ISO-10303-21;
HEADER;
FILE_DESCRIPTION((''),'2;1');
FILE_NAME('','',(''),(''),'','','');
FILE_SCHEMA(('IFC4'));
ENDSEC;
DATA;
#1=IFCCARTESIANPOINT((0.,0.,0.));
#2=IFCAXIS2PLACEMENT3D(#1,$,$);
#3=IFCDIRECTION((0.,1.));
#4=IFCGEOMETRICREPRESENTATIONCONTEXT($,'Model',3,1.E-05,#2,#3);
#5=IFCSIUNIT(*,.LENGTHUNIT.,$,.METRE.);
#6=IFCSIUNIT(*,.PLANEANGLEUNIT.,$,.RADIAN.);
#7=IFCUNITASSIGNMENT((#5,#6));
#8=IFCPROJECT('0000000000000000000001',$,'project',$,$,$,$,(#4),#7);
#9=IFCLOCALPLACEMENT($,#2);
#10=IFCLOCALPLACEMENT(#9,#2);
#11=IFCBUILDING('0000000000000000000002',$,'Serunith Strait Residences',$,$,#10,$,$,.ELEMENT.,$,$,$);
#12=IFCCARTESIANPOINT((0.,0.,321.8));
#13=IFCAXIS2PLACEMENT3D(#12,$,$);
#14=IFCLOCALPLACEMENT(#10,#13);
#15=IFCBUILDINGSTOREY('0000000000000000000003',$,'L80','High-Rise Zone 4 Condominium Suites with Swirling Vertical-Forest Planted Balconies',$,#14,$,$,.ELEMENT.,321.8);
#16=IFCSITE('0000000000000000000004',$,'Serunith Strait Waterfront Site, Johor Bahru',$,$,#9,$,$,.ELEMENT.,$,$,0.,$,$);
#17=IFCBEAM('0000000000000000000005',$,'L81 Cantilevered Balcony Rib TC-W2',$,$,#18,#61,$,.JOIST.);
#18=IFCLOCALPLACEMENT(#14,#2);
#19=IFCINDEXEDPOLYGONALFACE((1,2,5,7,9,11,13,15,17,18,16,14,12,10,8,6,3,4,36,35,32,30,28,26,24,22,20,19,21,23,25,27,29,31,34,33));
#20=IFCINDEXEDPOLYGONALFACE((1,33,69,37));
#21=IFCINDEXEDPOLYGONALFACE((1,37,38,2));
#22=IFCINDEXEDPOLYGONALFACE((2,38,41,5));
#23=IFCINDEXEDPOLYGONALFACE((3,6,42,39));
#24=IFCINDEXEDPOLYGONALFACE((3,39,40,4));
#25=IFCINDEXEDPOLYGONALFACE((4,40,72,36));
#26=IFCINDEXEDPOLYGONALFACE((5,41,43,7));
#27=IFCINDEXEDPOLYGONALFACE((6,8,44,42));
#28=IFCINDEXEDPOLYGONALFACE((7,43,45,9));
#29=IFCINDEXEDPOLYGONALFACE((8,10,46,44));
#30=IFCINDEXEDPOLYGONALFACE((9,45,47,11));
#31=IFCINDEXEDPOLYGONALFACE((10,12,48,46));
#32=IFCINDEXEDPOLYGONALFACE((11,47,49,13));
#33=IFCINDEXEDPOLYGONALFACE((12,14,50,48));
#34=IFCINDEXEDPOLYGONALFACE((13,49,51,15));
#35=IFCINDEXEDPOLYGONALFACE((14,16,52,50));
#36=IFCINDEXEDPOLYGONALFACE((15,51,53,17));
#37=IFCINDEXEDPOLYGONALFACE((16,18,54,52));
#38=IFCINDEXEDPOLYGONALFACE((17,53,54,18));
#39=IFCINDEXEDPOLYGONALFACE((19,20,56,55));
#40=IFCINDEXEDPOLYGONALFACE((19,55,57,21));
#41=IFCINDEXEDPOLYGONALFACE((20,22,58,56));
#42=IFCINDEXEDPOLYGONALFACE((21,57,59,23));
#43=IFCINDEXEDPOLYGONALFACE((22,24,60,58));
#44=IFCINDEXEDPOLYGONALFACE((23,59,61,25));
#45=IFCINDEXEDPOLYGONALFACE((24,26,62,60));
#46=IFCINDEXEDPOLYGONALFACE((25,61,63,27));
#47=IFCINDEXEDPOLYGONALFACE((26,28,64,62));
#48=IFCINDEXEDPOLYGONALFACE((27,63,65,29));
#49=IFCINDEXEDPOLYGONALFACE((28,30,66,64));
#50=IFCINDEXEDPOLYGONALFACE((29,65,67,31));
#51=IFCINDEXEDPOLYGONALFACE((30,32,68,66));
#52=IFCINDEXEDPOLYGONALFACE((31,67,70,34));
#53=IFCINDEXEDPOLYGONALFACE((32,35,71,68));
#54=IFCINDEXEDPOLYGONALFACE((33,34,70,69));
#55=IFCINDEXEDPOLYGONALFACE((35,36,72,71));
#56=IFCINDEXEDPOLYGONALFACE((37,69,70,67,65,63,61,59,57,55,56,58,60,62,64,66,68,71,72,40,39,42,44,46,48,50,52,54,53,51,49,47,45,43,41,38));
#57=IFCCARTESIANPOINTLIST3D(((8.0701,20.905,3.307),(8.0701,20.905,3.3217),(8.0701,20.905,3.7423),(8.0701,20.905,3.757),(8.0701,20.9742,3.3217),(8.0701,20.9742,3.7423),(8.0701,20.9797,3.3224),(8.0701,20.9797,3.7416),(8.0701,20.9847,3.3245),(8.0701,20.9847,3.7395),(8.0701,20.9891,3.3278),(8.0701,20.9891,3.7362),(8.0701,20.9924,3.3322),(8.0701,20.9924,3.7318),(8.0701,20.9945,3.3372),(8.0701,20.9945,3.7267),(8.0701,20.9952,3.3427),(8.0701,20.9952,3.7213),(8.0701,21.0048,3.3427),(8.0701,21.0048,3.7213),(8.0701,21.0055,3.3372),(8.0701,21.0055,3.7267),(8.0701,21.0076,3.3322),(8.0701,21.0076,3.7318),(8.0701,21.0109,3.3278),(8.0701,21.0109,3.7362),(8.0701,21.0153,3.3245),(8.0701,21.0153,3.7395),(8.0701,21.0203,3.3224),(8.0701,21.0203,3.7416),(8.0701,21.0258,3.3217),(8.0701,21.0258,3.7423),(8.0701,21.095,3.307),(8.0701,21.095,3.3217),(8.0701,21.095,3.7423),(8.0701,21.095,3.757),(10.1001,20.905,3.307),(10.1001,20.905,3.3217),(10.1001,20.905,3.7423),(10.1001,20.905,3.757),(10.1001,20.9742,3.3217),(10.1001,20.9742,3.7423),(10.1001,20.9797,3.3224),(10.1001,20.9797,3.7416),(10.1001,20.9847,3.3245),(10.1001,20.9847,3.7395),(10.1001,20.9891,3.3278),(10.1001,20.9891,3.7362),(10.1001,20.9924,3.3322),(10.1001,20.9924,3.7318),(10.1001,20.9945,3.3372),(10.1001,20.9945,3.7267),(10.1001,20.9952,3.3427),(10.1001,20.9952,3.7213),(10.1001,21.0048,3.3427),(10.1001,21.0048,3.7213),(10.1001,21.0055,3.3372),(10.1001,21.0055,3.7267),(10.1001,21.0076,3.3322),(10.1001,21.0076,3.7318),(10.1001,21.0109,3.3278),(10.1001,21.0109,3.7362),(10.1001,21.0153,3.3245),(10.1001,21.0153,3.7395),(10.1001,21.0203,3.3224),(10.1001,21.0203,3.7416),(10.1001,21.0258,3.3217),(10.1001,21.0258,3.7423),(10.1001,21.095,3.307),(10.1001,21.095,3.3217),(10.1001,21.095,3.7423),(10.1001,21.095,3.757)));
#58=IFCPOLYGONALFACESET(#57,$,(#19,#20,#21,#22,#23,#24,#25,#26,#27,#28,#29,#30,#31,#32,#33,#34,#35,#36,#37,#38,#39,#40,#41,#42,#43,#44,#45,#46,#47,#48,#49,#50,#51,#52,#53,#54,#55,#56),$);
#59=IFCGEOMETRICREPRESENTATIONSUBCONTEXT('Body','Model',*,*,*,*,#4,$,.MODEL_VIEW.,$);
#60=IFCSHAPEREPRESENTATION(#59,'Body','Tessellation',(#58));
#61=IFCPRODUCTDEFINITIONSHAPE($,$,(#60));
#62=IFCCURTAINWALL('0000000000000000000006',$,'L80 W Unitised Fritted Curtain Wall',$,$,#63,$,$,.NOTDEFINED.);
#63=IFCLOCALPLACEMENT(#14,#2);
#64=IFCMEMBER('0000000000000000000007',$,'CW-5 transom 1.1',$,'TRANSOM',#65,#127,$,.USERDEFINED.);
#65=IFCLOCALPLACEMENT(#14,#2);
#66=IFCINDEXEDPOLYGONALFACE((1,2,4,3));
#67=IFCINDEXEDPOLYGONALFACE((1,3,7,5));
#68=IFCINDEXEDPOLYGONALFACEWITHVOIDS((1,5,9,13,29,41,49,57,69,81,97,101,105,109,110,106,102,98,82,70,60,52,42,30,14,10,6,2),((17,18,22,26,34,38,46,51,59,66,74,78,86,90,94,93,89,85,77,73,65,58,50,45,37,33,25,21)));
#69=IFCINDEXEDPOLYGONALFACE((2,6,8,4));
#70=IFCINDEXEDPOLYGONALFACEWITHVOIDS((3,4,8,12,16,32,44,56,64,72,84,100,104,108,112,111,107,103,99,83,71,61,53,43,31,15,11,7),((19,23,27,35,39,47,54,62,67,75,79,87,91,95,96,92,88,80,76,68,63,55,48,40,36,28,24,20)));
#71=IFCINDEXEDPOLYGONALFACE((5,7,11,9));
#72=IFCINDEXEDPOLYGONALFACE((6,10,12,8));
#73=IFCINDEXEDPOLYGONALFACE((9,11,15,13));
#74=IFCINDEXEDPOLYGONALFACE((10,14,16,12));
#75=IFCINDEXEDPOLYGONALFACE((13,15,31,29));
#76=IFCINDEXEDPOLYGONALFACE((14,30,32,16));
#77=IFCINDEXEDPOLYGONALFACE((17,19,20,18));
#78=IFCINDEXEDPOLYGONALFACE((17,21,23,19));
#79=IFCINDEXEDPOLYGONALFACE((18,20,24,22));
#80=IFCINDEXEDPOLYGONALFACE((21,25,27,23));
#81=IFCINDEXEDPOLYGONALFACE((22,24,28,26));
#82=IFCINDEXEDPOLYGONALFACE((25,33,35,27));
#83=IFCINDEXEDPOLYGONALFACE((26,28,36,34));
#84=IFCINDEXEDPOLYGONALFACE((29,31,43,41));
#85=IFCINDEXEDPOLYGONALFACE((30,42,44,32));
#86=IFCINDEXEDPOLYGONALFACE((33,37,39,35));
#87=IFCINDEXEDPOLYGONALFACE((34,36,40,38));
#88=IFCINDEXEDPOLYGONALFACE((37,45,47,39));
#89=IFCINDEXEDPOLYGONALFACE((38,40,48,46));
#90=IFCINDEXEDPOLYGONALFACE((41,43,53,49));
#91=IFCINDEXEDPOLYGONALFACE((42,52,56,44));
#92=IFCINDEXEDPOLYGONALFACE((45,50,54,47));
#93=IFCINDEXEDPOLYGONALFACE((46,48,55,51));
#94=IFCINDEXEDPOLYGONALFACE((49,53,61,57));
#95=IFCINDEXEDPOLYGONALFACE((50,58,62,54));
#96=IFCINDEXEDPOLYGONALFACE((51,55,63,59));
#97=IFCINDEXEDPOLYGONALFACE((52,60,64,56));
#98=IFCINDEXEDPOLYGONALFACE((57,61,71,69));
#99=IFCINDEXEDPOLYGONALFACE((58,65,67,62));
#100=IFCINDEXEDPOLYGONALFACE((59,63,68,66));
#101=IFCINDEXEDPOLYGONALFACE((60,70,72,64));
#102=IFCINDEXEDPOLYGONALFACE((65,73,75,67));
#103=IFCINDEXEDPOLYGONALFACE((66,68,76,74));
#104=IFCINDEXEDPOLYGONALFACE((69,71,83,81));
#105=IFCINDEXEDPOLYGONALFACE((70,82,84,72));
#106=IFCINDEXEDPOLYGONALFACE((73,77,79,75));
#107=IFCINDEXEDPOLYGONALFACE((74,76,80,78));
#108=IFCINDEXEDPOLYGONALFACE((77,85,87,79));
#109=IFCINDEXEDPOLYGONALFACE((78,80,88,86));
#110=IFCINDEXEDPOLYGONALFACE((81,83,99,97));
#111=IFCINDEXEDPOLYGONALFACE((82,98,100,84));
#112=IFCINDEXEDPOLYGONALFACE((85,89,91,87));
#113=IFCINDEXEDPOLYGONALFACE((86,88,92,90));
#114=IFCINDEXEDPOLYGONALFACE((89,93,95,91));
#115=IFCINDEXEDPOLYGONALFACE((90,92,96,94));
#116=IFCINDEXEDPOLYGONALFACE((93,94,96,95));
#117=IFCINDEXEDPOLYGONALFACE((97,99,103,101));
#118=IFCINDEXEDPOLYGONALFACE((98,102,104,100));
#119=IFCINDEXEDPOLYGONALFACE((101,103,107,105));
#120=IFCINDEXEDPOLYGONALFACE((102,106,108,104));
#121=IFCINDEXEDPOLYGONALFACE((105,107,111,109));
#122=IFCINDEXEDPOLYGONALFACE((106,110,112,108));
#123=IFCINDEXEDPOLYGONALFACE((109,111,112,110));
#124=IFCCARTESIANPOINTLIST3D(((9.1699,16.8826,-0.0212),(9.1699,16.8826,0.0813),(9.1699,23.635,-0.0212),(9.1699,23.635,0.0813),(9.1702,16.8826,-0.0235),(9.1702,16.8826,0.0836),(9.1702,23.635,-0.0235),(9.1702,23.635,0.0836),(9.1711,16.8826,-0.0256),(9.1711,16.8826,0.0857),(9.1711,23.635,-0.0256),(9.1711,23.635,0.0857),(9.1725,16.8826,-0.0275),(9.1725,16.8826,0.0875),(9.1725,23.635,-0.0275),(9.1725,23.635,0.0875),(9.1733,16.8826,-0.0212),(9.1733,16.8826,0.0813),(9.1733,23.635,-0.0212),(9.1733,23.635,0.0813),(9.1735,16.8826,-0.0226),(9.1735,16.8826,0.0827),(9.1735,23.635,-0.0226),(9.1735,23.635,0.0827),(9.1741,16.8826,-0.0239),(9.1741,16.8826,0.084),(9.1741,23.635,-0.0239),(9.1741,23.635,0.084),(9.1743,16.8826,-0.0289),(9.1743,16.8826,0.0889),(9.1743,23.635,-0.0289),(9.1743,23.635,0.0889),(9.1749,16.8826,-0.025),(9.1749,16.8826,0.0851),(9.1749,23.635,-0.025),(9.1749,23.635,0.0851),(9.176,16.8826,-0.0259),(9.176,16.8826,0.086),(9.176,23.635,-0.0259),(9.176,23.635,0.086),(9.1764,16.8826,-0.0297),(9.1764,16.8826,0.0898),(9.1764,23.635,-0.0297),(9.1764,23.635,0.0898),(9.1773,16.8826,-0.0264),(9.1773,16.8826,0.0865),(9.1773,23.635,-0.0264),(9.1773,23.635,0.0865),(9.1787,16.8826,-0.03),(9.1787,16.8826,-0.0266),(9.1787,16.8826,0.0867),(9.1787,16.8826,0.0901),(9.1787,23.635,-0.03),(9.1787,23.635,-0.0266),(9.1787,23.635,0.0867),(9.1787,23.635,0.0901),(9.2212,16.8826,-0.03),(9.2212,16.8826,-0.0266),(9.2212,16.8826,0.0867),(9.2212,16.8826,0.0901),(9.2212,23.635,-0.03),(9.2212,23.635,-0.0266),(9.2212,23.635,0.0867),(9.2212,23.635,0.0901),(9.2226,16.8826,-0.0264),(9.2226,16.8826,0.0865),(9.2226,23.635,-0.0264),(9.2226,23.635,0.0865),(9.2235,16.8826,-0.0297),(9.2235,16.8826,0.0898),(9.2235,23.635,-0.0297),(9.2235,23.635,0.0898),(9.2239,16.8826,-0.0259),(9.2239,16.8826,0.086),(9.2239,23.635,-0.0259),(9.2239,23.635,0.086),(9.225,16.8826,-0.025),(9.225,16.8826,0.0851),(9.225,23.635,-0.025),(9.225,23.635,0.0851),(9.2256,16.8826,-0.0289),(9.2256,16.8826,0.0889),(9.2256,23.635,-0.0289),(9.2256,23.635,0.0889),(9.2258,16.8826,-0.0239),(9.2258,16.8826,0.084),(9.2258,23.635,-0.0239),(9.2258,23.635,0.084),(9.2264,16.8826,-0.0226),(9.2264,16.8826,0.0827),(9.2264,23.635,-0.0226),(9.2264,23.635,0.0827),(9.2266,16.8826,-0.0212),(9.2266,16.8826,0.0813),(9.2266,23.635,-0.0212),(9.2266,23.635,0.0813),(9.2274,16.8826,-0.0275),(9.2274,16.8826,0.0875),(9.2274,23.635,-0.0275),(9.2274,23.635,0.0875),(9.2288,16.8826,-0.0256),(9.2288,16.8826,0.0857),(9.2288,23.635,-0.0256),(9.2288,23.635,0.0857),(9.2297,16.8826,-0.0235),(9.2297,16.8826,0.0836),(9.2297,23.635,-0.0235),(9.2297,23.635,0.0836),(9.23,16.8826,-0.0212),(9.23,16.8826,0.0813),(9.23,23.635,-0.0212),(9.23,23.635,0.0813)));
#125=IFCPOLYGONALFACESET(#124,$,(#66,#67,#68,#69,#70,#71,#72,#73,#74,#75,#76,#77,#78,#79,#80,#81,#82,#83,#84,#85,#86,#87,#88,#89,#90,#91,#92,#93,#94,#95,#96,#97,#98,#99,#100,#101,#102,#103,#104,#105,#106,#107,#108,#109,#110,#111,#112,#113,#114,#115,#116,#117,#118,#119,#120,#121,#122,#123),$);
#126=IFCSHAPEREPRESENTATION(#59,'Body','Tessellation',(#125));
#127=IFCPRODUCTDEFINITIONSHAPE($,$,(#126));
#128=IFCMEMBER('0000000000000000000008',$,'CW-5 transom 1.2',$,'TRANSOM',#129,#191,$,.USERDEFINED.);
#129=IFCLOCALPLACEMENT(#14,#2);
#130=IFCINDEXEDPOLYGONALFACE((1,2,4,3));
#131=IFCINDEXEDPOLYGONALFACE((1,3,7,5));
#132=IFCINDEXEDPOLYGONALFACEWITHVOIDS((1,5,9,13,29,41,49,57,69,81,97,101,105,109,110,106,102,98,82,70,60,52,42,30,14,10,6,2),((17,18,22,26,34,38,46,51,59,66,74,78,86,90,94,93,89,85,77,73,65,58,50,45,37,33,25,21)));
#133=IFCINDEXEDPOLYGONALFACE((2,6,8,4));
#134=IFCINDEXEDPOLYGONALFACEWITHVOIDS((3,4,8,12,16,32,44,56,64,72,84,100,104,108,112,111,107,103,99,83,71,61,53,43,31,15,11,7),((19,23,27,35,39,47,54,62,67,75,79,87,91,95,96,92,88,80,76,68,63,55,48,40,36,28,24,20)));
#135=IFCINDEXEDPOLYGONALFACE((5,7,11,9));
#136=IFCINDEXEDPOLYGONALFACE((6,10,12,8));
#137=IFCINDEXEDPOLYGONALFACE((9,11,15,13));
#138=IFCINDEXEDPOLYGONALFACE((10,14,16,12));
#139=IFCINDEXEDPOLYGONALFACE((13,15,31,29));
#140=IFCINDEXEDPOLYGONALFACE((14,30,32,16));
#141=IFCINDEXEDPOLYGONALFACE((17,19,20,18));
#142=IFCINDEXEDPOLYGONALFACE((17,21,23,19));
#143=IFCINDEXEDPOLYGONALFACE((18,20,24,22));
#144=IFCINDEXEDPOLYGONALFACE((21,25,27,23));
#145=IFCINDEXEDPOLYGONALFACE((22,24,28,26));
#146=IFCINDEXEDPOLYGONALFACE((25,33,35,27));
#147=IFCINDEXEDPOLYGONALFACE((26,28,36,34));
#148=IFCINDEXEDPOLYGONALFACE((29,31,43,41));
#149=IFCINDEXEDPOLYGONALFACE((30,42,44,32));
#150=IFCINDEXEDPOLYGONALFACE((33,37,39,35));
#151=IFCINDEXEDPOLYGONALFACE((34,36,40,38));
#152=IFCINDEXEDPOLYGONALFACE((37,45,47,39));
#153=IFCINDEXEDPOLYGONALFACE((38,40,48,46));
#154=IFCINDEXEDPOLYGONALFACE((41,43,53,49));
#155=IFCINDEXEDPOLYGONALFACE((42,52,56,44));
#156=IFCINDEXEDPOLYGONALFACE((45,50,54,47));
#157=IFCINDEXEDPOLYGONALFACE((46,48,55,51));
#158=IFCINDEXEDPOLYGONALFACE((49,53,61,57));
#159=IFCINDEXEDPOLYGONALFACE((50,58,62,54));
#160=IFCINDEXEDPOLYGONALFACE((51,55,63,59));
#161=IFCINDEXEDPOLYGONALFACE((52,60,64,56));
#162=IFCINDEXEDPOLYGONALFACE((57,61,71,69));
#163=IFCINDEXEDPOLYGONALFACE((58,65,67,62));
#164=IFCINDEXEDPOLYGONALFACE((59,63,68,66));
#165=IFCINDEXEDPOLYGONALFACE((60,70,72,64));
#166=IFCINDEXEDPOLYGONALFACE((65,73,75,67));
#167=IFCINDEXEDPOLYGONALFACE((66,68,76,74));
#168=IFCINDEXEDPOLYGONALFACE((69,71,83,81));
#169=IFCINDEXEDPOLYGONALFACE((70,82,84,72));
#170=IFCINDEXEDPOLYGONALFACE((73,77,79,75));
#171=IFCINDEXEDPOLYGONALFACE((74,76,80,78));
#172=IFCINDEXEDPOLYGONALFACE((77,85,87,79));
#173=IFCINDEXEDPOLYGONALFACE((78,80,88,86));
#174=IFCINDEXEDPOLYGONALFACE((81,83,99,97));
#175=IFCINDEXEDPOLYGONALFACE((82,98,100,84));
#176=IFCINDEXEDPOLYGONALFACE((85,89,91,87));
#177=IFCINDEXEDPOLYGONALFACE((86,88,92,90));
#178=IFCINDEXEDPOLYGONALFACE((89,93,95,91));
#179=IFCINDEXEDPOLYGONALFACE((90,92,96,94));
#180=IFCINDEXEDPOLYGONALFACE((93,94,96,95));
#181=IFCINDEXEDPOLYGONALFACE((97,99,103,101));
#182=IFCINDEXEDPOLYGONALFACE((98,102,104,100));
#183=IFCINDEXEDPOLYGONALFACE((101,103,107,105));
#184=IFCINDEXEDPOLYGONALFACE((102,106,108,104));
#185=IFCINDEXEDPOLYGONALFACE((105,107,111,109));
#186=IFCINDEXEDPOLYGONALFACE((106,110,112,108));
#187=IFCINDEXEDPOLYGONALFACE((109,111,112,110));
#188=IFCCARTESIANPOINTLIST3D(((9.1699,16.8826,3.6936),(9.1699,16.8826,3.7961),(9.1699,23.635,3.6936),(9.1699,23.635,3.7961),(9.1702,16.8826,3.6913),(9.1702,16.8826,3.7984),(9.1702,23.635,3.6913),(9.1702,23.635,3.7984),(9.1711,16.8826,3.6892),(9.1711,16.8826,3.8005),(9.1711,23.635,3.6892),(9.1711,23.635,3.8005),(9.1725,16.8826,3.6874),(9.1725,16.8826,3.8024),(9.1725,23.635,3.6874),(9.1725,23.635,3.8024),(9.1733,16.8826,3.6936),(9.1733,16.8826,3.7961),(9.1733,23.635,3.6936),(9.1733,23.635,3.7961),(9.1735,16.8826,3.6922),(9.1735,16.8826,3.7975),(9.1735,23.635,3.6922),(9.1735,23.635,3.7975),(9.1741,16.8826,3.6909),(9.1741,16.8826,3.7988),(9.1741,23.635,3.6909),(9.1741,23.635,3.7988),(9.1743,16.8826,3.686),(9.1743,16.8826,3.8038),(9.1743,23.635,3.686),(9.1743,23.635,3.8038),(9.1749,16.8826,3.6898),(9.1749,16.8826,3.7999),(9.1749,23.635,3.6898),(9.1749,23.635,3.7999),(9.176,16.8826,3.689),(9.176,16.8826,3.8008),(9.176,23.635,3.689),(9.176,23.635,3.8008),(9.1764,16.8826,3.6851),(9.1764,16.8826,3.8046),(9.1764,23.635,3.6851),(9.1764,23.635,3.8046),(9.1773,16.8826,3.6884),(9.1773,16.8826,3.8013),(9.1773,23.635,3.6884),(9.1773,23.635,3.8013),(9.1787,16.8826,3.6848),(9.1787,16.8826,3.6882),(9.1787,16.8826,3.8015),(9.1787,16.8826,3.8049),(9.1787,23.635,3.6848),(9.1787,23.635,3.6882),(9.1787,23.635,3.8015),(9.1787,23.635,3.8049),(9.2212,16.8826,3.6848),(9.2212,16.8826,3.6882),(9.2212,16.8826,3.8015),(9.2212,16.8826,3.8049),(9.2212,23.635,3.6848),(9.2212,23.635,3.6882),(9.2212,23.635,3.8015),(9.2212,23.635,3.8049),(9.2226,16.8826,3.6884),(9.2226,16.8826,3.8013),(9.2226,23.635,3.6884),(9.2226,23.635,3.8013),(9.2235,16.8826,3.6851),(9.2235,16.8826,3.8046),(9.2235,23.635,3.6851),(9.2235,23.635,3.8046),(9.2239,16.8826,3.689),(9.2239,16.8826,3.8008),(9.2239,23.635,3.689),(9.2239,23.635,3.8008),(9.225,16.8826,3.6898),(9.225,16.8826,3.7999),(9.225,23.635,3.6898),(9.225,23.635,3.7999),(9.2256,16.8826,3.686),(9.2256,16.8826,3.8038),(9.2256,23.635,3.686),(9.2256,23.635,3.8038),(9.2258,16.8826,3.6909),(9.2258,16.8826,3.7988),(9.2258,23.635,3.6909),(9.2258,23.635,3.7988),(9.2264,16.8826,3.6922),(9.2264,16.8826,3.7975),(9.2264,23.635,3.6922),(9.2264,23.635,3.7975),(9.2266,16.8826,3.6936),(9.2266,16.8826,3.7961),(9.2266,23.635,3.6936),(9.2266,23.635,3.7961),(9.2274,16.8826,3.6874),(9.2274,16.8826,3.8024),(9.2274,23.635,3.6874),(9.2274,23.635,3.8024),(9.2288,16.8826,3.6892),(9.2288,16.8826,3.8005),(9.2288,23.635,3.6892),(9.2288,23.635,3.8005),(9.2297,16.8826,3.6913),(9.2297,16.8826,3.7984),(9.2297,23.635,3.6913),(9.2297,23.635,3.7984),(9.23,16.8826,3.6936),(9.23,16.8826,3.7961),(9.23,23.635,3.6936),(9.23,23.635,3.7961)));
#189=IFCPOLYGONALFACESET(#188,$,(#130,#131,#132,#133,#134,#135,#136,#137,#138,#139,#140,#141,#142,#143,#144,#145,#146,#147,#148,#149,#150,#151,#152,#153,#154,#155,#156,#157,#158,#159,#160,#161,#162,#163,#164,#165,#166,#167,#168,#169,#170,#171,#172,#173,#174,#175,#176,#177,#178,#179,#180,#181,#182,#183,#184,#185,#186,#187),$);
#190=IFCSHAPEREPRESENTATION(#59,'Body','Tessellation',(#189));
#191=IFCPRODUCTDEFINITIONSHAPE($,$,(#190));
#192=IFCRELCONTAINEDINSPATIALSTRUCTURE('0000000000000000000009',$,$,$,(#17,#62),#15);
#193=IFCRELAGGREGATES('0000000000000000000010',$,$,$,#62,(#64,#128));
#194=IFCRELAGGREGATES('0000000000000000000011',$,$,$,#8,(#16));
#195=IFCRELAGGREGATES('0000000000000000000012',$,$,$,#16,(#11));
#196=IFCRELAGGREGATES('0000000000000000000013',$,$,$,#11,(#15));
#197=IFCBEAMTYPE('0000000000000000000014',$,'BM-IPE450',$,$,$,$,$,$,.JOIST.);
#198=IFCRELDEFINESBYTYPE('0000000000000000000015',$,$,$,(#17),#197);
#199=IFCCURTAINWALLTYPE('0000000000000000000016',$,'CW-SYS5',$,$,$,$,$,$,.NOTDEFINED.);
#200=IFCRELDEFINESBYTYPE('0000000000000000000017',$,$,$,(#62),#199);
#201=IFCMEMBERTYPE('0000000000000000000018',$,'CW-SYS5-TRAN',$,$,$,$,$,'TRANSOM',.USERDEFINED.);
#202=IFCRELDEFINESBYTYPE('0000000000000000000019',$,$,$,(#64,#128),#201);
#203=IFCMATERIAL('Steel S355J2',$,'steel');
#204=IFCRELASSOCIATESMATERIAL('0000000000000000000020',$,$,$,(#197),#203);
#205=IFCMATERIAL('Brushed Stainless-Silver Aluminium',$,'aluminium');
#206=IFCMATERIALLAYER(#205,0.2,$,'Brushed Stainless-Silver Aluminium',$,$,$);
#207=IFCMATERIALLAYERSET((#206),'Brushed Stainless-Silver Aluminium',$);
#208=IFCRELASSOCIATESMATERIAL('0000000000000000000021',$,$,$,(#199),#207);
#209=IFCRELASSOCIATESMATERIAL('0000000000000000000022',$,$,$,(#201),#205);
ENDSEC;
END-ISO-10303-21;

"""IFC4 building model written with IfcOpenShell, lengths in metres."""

from ifc_helpers import new_model, si_unit, direction, frame, origin, origin_2d, place, context, subcontext, project, spatial, hollow_rectangle, i_section, extrude, source, transform, mapped, material, layer, layer_set, material_profile, profile_set, type_object, element, aggregate, save


model = new_model("IFC4")

# Units and contexts
model_context = context("Model", 3, precision=1e-05, world=origin(), true_north=direction((0.0, 1.0)))
body_context = subcontext(model_context, "Body", "Model", "MODEL_VIEW")
ifc_project = project(units=[si_unit("LENGTHUNIT", "METRE"), si_unit("PLANEANGLEUNIT", "RADIAN")], contexts=[model_context])

# Site, building, storey
site_placement = place(None, origin())
site = spatial("IfcSite", under=ifc_project, at=site_placement, Name="Serunith Strait Waterfront Site, Johor Bahru", CompositionType="ELEMENT", RefElevation=0.0)
building_placement = place(site_placement, origin())
building = spatial("IfcBuilding", under=site, at=building_placement, Name="Serunith Strait Residences", CompositionType="ELEMENT")
storey_placement = place(building_placement, frame((0.0, 0.0, 321.8)))
storey = spatial("IfcBuildingStorey", under=building, at=storey_placement, Name="L80", Description="High-Rise Zone 4 Condominium Suites with Swirling Vertical-Forest Planted Balconies", CompositionType="ELEMENT", Elevation=321.8)

# Beam
ifc_material_1 = material(Name="Steel S355J2", Category="steel")
ifc_material_profile_1 = material_profile(ifc_material_1, i_section(OverallWidth=0.1899, OverallDepth=0.45, WebThickness=0.0095, FlangeThickness=0.0146, FilletRadius=0.021, at=origin_2d()), Name="IPE 450")
ifc_profile_set_1 = profile_set([ifc_material_profile_1], Name="Steel S355J2")
beam_type_1 = type_object("IfcBeamType", Name="BM-IPE450", PredefinedType="JOIST", material=ifc_profile_set_1)
shared_shape_1 = source(origin(), body_context, "Body", "SweptSolid", [
    extrude(i_section(OverallWidth=0.1899, OverallDepth=0.45, WebThickness=0.0095, FlangeThickness=0.0146, FilletRadius=0.021, at=origin_2d()), origin(), (0.0, 0.0, 1.0), 2.03),
])
for number, where, z_axis, x_axis, name in (
    (1, (10.1001, 21.0, 3.532), (-1.0, 0.0, 0.0), (0.0, -1.0, 0.0), "L81 Cantilevered Balcony Rib TC-W2"),
):
    element("IfcBeam", number, at=place(storey_placement, frame(where, z_axis=z_axis, x_axis=x_axis)), inside=storey, type_object=beam_type_1, Name=name, PredefinedType="JOIST", context=body_context, shape_type="MappedRepresentation", body=[
        mapped(shared_shape_1, transform((0.0, 0.0, 0.0), scale=1.0)),
    ])

# Curtain wall, members
ifc_material_2 = material(Name="Brushed Stainless-Silver Aluminium", Category="aluminium")
ifc_layer_1 = layer(ifc_material_2, 0.2, Name="Brushed Stainless-Silver Aluminium")
ifc_layer_set_1 = layer_set([ifc_layer_1], Name="Brushed Stainless-Silver Aluminium")
curtain_wall_type = type_object("IfcCurtainWallType", Name="CW-SYS5", PredefinedType="NOTDEFINED", material=ifc_layer_set_1)
curtain_wall_placement = place(storey_placement, origin())
curtain_wall = element("IfcCurtainWall", 2, at=curtain_wall_placement, inside=storey, type_object=curtain_wall_type, Name="L80 W Unitised Fritted Curtain Wall", PredefinedType="NOTDEFINED")
ifc_material_profile_2 = material_profile(ifc_material_2, hollow_rectangle(XDim=0.0601, YDim=0.1201, WallThickness=0.0034, InnerFilletRadius=0.0054, OuterFilletRadius=0.0088, at=origin_2d()), Name="ALU 120x60x3.5")
ifc_profile_set_2 = profile_set([ifc_material_profile_2], Name="Brushed Stainless-Silver Aluminium")
member_type_1 = type_object("IfcMemberType", Name="CW-SYS5-TRAN", ElementType="TRANSOM", PredefinedType="USERDEFINED", material=ifc_profile_set_2)
shared_shape_2 = source(origin(), body_context, "Body", "SweptSolid", [
    extrude(hollow_rectangle(XDim=0.0601, YDim=0.1201, WallThickness=0.0034, InnerFilletRadius=0.0054, OuterFilletRadius=0.0088, at=origin_2d()), origin(), (0.0, 0.0, 1.0), 6.7524),
])
member_1_placement = place(storey_placement, frame((9.2, 23.635, 0.03), z_axis=(0.0, -1.0, 0.0), x_axis=(1.0, 0.0, 0.0)))
member_1 = element("IfcMember", 3, at=member_1_placement, type_object=member_type_1, Name="CW-5 transom 1.1", ObjectType="TRANSOM", PredefinedType="USERDEFINED", context=body_context, shape_type="MappedRepresentation", body=[
    mapped(shared_shape_2, transform((0.0, 0.0, 0.0), scale=1.0)),
])
member_2_placement = place(storey_placement, frame((9.2, 23.635, 3.7449), z_axis=(0.0, -1.0, 0.0), x_axis=(1.0, 0.0, 0.0)))
member_2 = element("IfcMember", 4, at=member_2_placement, type_object=member_type_1, Name="CW-5 transom 1.2", ObjectType="TRANSOM", PredefinedType="USERDEFINED", context=body_context, shape_type="MappedRepresentation", body=[
    mapped(shared_shape_2, transform((0.0, 0.0, 0.0), scale=1.0)),
])
aggregate(curtain_wall, [member_1, member_2])

save(model, "model.ifc")
